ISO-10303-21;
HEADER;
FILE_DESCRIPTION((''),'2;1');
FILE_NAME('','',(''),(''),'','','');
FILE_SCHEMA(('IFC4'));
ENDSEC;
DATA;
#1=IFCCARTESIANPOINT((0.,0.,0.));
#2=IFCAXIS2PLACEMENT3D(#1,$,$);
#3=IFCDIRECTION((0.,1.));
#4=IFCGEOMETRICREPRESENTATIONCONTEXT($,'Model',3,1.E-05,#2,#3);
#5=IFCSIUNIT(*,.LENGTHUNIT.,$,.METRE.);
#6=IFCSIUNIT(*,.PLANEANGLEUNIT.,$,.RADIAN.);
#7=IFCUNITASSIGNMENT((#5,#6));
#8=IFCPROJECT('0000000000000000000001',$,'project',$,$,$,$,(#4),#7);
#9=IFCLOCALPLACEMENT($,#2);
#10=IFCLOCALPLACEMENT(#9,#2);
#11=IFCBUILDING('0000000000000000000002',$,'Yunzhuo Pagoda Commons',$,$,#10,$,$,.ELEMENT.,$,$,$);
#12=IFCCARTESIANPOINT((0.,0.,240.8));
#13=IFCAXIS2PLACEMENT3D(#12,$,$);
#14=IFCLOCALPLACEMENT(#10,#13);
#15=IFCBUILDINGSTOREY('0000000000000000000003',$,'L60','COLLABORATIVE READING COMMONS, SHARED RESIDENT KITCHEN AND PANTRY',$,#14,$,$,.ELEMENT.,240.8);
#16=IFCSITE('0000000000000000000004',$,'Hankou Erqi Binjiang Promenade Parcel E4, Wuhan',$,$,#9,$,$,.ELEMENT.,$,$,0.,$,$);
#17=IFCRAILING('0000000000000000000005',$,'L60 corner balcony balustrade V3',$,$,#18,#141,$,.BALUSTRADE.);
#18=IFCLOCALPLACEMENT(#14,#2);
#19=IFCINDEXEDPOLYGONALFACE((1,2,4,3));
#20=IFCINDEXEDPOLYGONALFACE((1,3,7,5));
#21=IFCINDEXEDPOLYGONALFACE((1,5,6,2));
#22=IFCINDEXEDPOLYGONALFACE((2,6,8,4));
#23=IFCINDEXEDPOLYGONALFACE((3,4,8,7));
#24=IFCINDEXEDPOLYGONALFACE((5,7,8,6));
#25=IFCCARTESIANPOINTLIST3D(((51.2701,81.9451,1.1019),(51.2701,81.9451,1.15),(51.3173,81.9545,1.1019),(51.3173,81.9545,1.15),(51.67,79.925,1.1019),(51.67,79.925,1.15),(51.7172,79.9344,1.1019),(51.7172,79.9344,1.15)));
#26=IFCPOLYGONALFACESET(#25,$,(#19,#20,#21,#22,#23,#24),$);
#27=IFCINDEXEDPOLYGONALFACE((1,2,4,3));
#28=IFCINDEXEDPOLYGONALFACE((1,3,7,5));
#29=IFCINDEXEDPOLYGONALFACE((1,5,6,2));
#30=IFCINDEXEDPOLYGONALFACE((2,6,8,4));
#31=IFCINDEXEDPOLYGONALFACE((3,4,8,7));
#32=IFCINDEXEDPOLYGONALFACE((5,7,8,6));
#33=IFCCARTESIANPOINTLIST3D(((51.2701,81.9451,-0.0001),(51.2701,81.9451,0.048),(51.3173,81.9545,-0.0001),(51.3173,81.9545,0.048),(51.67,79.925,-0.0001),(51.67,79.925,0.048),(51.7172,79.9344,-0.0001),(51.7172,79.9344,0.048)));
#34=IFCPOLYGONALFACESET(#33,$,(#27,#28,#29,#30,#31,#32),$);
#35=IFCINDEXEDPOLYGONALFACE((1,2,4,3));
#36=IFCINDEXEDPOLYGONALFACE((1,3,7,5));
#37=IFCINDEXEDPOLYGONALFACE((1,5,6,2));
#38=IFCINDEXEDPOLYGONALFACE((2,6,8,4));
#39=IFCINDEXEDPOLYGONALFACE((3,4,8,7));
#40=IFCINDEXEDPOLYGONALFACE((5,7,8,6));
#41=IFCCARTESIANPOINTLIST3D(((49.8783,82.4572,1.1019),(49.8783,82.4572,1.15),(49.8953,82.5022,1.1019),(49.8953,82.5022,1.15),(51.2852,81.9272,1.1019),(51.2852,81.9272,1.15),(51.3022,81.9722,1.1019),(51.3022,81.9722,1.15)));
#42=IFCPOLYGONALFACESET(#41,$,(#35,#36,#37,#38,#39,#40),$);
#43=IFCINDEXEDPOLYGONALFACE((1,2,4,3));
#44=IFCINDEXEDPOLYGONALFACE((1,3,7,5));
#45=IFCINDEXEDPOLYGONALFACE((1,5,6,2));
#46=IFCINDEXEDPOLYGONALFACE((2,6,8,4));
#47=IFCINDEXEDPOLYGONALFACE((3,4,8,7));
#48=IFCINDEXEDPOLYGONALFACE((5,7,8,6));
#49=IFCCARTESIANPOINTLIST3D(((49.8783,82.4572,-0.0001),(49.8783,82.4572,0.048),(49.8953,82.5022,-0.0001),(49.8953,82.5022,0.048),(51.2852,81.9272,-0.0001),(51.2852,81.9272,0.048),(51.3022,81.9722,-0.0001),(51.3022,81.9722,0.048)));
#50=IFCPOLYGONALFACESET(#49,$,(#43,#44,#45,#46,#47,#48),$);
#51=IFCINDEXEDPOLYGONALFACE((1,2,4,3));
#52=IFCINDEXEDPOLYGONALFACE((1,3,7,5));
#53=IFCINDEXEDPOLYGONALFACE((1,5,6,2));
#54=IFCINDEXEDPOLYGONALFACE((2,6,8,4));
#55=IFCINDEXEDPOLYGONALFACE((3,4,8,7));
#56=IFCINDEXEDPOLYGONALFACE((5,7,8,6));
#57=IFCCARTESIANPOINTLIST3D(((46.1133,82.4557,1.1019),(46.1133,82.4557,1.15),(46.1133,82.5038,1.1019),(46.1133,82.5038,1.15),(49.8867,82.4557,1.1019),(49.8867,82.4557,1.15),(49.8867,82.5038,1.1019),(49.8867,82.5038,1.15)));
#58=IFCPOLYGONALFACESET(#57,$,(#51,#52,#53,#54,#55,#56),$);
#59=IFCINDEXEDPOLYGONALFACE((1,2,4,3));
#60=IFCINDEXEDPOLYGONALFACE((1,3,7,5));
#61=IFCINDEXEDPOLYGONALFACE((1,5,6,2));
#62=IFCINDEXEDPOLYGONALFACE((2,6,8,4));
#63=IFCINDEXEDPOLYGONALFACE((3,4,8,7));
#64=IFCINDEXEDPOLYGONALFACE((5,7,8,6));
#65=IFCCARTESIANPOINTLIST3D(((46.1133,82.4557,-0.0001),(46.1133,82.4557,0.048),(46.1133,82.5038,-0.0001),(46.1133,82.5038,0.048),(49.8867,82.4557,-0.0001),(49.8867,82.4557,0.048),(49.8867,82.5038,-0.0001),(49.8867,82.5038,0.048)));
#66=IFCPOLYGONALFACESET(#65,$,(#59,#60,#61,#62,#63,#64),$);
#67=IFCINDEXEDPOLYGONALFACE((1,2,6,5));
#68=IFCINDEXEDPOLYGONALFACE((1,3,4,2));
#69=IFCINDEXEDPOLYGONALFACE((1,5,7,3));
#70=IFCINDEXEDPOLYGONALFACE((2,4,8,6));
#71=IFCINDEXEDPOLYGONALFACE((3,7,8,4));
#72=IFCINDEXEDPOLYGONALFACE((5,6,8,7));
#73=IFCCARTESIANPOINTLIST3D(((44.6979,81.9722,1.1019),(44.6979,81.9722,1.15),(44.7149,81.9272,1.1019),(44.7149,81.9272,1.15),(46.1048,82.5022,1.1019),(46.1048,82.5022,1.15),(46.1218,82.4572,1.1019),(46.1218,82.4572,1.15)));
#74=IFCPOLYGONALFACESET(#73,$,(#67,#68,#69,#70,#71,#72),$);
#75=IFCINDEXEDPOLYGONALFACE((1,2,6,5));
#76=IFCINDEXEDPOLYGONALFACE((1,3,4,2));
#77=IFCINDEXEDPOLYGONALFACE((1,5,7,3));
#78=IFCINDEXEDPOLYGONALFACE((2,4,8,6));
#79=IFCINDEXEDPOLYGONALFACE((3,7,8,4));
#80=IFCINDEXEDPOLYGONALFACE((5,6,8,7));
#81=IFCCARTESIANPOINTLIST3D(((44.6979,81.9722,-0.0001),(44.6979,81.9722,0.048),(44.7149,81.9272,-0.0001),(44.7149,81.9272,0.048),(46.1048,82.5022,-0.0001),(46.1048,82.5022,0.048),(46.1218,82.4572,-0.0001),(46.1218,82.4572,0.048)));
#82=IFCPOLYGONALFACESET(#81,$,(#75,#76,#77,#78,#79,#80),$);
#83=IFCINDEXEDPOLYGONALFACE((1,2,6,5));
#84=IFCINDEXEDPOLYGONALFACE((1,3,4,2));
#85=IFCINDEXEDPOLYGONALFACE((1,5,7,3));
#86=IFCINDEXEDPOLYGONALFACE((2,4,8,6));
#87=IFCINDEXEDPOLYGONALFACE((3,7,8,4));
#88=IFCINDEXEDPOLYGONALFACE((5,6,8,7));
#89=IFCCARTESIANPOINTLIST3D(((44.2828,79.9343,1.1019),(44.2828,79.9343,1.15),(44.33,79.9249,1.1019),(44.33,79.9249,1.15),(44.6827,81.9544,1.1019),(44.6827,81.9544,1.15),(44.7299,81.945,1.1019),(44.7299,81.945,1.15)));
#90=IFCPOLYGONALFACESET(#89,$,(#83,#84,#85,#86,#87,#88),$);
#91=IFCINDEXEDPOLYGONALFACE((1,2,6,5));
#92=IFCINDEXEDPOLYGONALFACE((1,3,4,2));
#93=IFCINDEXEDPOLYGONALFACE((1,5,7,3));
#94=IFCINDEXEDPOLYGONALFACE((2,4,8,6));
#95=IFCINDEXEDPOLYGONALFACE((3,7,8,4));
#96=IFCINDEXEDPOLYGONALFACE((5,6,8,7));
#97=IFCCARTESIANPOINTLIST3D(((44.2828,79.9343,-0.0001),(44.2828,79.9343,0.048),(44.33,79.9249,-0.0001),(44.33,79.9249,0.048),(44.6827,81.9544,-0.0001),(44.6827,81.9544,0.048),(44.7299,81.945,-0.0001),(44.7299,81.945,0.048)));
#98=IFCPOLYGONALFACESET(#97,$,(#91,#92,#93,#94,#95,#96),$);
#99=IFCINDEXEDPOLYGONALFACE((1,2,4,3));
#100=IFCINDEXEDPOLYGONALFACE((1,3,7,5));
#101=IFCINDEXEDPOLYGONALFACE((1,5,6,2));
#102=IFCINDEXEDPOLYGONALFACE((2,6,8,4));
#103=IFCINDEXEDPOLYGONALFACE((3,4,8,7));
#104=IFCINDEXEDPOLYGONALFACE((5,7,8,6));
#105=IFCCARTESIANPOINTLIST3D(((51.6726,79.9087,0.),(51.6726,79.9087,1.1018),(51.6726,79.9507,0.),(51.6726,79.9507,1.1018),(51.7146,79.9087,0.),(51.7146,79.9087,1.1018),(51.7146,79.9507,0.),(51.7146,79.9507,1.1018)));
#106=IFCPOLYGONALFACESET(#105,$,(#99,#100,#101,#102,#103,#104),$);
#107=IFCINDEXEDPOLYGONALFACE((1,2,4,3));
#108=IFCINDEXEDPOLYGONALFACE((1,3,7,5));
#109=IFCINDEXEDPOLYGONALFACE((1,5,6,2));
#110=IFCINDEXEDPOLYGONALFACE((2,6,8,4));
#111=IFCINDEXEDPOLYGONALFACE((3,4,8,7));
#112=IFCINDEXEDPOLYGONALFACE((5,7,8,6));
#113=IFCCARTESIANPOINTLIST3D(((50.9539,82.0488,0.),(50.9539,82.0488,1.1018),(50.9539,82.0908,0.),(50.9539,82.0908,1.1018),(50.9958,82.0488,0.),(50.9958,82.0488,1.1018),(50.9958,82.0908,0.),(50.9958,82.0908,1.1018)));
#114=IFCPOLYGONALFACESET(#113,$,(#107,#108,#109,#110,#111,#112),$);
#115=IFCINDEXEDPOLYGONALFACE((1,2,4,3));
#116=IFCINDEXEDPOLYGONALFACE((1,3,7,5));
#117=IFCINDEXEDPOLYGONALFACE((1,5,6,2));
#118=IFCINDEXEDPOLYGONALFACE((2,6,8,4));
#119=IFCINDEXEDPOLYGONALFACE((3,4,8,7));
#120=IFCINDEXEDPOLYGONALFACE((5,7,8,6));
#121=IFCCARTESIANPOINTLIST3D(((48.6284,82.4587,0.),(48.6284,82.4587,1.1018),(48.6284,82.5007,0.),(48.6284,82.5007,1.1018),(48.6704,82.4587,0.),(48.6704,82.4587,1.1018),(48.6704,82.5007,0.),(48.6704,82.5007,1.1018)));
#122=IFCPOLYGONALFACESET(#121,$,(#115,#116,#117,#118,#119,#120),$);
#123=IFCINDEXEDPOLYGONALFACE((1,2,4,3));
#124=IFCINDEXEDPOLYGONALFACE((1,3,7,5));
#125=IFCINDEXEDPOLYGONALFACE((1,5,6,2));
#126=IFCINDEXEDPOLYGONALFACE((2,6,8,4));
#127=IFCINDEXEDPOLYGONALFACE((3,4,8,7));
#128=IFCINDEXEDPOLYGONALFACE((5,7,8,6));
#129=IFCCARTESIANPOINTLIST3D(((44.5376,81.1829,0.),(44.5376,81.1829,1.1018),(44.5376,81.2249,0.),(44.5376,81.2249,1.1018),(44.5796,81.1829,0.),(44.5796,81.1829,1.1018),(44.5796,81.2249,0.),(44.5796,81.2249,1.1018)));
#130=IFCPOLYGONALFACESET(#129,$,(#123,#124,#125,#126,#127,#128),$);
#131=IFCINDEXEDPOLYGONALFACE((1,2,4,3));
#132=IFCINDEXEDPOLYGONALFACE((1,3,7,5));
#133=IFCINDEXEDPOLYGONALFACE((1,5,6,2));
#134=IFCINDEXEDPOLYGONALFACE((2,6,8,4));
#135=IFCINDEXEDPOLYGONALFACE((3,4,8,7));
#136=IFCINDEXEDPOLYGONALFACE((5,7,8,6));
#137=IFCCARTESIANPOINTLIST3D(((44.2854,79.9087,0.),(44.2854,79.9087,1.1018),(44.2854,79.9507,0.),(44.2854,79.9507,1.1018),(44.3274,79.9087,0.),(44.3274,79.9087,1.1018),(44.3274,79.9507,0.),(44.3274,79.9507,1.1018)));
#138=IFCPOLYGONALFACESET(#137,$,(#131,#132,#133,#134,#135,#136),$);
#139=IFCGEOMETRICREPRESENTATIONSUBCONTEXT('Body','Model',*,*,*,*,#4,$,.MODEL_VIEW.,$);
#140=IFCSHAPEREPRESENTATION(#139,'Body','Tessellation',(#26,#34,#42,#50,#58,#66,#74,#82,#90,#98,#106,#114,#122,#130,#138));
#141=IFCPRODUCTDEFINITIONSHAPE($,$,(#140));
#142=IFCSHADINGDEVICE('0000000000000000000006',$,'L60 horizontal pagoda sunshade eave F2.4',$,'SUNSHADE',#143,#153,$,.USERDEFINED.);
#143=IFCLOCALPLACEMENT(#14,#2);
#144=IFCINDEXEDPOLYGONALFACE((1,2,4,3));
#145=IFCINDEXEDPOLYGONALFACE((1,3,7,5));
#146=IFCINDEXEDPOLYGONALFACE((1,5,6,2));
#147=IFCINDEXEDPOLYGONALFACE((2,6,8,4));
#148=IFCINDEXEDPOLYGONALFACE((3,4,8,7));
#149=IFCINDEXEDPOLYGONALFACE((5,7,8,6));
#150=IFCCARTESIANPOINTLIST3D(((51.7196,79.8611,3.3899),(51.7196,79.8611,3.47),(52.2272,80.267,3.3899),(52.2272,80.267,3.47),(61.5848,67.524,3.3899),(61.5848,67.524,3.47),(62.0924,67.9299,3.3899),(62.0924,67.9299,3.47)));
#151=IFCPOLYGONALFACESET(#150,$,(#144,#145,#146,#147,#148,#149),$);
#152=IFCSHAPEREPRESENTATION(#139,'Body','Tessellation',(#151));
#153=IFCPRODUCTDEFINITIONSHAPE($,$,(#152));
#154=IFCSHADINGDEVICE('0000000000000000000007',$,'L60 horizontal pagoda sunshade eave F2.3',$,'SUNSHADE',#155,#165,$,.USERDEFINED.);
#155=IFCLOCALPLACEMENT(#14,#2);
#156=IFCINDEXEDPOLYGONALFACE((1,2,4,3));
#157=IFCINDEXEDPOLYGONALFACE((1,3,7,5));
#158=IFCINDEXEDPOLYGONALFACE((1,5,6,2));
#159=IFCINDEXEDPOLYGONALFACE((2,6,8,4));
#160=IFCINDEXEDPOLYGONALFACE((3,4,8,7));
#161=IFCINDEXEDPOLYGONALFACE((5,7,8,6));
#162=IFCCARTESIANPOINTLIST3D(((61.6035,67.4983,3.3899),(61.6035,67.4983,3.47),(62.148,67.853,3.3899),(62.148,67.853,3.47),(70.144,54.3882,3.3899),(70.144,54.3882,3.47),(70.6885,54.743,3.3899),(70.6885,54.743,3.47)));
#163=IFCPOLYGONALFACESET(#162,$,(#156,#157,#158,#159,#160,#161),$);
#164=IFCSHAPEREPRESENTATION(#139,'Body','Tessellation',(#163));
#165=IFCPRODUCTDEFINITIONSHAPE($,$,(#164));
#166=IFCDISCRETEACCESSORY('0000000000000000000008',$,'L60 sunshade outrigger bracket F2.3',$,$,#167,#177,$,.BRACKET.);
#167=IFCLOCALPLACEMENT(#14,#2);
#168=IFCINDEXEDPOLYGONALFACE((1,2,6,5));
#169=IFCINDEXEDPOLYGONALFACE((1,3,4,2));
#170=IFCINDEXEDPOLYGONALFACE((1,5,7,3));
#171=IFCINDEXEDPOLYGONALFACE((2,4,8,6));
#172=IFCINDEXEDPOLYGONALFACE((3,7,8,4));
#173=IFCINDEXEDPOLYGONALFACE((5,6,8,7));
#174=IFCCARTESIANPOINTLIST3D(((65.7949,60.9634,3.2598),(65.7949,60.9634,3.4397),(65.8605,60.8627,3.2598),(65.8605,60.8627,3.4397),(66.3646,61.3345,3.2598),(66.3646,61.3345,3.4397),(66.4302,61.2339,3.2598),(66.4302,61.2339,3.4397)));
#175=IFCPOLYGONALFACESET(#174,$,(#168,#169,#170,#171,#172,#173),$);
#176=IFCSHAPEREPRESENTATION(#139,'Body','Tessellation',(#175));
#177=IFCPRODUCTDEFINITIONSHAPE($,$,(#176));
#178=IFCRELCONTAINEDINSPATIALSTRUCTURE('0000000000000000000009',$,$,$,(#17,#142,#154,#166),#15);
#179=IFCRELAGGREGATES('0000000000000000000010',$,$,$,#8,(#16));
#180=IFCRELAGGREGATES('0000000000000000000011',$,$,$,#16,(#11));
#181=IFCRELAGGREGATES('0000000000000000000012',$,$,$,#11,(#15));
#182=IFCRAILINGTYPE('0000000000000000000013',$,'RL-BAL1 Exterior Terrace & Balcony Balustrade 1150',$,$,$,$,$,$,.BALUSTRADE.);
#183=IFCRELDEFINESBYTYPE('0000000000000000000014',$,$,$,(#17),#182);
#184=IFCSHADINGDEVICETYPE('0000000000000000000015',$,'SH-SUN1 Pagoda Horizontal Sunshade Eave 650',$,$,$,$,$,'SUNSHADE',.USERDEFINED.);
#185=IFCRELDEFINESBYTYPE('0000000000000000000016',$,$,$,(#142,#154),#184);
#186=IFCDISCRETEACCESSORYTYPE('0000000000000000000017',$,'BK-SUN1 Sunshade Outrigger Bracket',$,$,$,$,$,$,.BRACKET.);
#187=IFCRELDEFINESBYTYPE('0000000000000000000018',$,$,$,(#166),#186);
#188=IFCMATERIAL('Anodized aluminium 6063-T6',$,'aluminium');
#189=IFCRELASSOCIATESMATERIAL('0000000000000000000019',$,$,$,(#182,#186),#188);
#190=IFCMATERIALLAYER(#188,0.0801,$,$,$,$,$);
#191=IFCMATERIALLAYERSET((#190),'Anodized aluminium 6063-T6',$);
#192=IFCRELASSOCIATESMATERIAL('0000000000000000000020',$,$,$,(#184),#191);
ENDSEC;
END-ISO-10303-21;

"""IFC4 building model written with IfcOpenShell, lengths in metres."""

from ifc_helpers import new_model, si_unit, direction, frame, origin, origin_2d, place, context, subcontext, project, spatial, rectangle, extrude, source, transform, mapped, material, layer, layer_set, type_object, element, save


model = new_model("IFC4")

# Units and contexts
model_context = context("Model", 3, precision=1e-05, world=origin(), true_north=direction((0.0, 1.0)))
body_context = subcontext(model_context, "Body", "Model", "MODEL_VIEW")
ifc_project = project(units=[si_unit("LENGTHUNIT", "METRE"), si_unit("PLANEANGLEUNIT", "RADIAN")], contexts=[model_context])

# Site, building, storey
site_placement = place(None, origin())
site = spatial("IfcSite", under=ifc_project, at=site_placement, Name="Hankou Erqi Binjiang Promenade Parcel E4, Wuhan", CompositionType="ELEMENT", RefElevation=0.0)
building_placement = place(site_placement, origin())
building = spatial("IfcBuilding", under=site, at=building_placement, Name="Yunzhuo Pagoda Commons", CompositionType="ELEMENT")
storey_placement = place(building_placement, frame((0.0, 0.0, 240.8)))
storey = spatial("IfcBuildingStorey", under=building, at=storey_placement, Name="L60", Description="COLLABORATIVE READING COMMONS, SHARED RESIDENT KITCHEN AND PANTRY", CompositionType="ELEMENT", Elevation=240.8)

# Shared definitions
ifc_material_1 = material(Name="Anodized aluminium 6063-T6", Category="aluminium")

# Railing
railing_type_1 = type_object("IfcRailingType", Name="RL-BAL1 Exterior Terrace & Balcony Balustrade 1150", PredefinedType="BALUSTRADE", material=ifc_material_1)
railing_1_placement = place(storey_placement, frame((51.6936, 79.9297, 0.0)))
element("IfcRailing", 1, at=railing_1_placement, inside=storey, type_object=railing_type_1, Name="L60 corner balcony balustrade V3", PredefinedType="BALUSTRADE", context=body_context, shape_type="SweptSolid", body=[
    extrude(rectangle(XDim=0.0481, YDim=0.0481, at=origin_2d()), frame((0.0, 0.0, 1.126), z_axis=(-0.194201, 0.980962, 0.0), x_axis=(-0.980962, -0.194201, 0.0)), (0.0, 0.0, 1.0), 2.0593),
    extrude(rectangle(XDim=0.0481, YDim=0.0481, at=origin_2d()), frame((0.0, 0.0, 0.0239), z_axis=(-0.194201, 0.980962, 0.0), x_axis=(-0.980962, -0.194201, 0.0)), (0.0, 0.0, 1.0), 2.0593),
    extrude(rectangle(XDim=0.0481, YDim=0.0481, at=origin_2d()), frame((-0.3999, 2.02, 1.126), z_axis=(-0.935801, 0.352529, 0.0), x_axis=(-0.352529, -0.935801, 0.0)), (0.0, 0.0, 1.0), 1.5034),
    extrude(rectangle(XDim=0.0481, YDim=0.0481, at=origin_2d()), frame((-0.3999, 2.02, 0.0239), z_axis=(-0.935801, 0.352529, 0.0), x_axis=(-0.352529, -0.935801, 0.0)), (0.0, 0.0, 1.0), 1.5034),
    extrude(rectangle(XDim=0.0481, YDim=0.0481, at=origin_2d()), frame((-1.8069, 2.55, 1.126), z_axis=(-1.0, 0.0, 0.0), x_axis=(0.0, -1.0, 0.0)), (0.0, 0.0, 1.0), 3.7734),
    extrude(rectangle(XDim=0.0481, YDim=0.0481, at=origin_2d()), frame((-1.8069, 2.55, 0.0239), z_axis=(-1.0, 0.0, 0.0), x_axis=(0.0, -1.0, 0.0)), (0.0, 0.0, 1.0), 3.7734),
    extrude(rectangle(XDim=0.0481, YDim=0.0481, at=origin_2d()), frame((-5.5803, 2.55, 1.126), z_axis=(-0.935801, -0.352529, 0.0), x_axis=(0.352529, -0.935801, 0.0)), (0.0, 0.0, 1.0), 1.5034),
    extrude(rectangle(XDim=0.0481, YDim=0.0481, at=origin_2d()), frame((-5.5803, 2.55, 0.0239), z_axis=(-0.935801, -0.352529, 0.0), x_axis=(0.352529, -0.935801, 0.0)), (0.0, 0.0, 1.0), 1.5034),
    extrude(rectangle(XDim=0.0481, YDim=0.0481, at=origin_2d()), frame((-6.9873, 2.02, 1.126), z_axis=(-0.194201, -0.980962, 0.0), x_axis=(0.980962, -0.194201, 0.0)), (0.0, 0.0, 1.0), 2.0593),
    extrude(rectangle(XDim=0.0481, YDim=0.0481, at=origin_2d()), frame((-6.9873, 2.02, 0.0239), z_axis=(-0.194201, -0.980962, 0.0), x_axis=(0.980962, -0.194201, 0.0)), (0.0, 0.0, 1.0), 2.0593),
    extrude(rectangle(XDim=0.042, YDim=0.042, at=origin_2d()), origin(), (0.0, 0.0, 1.0), 1.1018),
    extrude(rectangle(XDim=0.042, YDim=0.042, at=origin_2d()), frame((-0.7188, 2.1401, 0.0)), (0.0, 0.0, 1.0), 1.1018),
    extrude(rectangle(XDim=0.042, YDim=0.042, at=origin_2d()), frame((-3.0442, 2.55, 0.0)), (0.0, 0.0, 1.0), 1.1018),
    extrude(rectangle(XDim=0.042, YDim=0.042, at=origin_2d()), frame((-7.135, 1.2742, 0.0)), (0.0, 0.0, 1.0), 1.1018),
    extrude(rectangle(XDim=0.042, YDim=0.042, at=origin_2d()), frame((-7.3872, 0.0, 0.0)), (0.0, 0.0, 1.0), 1.1018),
])

# Shading devices
ifc_layer_1 = layer(ifc_material_1, 0.0801)
ifc_layer_set_1 = layer_set([ifc_layer_1], Name="Anodized aluminium 6063-T6")
shading_device_type = type_object("IfcShadingDeviceType", Name="SH-SUN1 Pagoda Horizontal Sunshade Eave 650", ElementType="SUNSHADE", PredefinedType="USERDEFINED", material=ifc_layer_set_1)
shared_shape_1 = source(origin(), body_context, "Body", "SweptSolid", [
    extrude(rectangle(XDim=15.7964, YDim=0.6499, at=origin_2d()), origin(), (0.0, 0.0, 1.0), 0.0801),
])
shading_device_1_placement = place(storey_placement, frame((56.906, 73.8955, 3.3899), z_axis=(0.0, 0.0, 1.0), x_axis=(-0.62452, 0.781008, 0.0)))
element("IfcShadingDevice", 2, at=shading_device_1_placement, inside=storey, type_object=shading_device_type, Name="L60 horizontal pagoda sunshade eave F2.4", ObjectType="SUNSHADE", PredefinedType="USERDEFINED", context=body_context, shape_type="MappedRepresentation", body=[
    mapped(shared_shape_1, transform((0.0, 0.0, 0.0), scale=1.0)),
])
shared_shape_2 = source(origin(), body_context, "Body", "SweptSolid", [
    extrude(rectangle(XDim=15.6465, YDim=0.6499, at=origin_2d()), origin(), (0.0, 0.0, 1.0), 0.0801),
])
shading_device_2_placement = place(storey_placement, frame((66.146, 61.1206, 3.3899), z_axis=(0.0, 0.0, 1.0), x_axis=(-0.545839, 0.83789, 0.0)))
element("IfcShadingDevice", 3, at=shading_device_2_placement, inside=storey, type_object=shading_device_type, Name="L60 horizontal pagoda sunshade eave F2.3", ObjectType="SUNSHADE", PredefinedType="USERDEFINED", context=body_context, shape_type="MappedRepresentation", body=[
    mapped(shared_shape_2, transform((0.0, 0.0, 0.0), scale=1.0)),
])

# Discrete accessory
discrete_accessory_type = type_object("IfcDiscreteAccessoryType", Name="BK-SUN1 Sunshade Outrigger Bracket", PredefinedType="BRACKET", material=ifc_material_1)
shared_shape_3 = source(origin(), body_context, "Body", "SweptSolid", [
    extrude(rectangle(XDim=0.1201, YDim=0.6799, at=origin_2d()), origin(), (0.0, 0.0, 1.0), 0.1799),
])
discrete_accessory_placement = place(storey_placement, frame((66.1125, 61.0986, 3.2598), z_axis=(0.0, 0.0, 1.0), x_axis=(-0.545839, 0.83789, 0.0)))
element("IfcDiscreteAccessory", 4, at=discrete_accessory_placement, inside=storey, type_object=discrete_accessory_type, Name="L60 sunshade outrigger bracket F2.3", PredefinedType="BRACKET", context=body_context, shape_type="MappedRepresentation", body=[
    mapped(shared_shape_3, transform((0.0, 0.0, 0.0), scale=1.0)),
])

save(model, "model.ifc")
